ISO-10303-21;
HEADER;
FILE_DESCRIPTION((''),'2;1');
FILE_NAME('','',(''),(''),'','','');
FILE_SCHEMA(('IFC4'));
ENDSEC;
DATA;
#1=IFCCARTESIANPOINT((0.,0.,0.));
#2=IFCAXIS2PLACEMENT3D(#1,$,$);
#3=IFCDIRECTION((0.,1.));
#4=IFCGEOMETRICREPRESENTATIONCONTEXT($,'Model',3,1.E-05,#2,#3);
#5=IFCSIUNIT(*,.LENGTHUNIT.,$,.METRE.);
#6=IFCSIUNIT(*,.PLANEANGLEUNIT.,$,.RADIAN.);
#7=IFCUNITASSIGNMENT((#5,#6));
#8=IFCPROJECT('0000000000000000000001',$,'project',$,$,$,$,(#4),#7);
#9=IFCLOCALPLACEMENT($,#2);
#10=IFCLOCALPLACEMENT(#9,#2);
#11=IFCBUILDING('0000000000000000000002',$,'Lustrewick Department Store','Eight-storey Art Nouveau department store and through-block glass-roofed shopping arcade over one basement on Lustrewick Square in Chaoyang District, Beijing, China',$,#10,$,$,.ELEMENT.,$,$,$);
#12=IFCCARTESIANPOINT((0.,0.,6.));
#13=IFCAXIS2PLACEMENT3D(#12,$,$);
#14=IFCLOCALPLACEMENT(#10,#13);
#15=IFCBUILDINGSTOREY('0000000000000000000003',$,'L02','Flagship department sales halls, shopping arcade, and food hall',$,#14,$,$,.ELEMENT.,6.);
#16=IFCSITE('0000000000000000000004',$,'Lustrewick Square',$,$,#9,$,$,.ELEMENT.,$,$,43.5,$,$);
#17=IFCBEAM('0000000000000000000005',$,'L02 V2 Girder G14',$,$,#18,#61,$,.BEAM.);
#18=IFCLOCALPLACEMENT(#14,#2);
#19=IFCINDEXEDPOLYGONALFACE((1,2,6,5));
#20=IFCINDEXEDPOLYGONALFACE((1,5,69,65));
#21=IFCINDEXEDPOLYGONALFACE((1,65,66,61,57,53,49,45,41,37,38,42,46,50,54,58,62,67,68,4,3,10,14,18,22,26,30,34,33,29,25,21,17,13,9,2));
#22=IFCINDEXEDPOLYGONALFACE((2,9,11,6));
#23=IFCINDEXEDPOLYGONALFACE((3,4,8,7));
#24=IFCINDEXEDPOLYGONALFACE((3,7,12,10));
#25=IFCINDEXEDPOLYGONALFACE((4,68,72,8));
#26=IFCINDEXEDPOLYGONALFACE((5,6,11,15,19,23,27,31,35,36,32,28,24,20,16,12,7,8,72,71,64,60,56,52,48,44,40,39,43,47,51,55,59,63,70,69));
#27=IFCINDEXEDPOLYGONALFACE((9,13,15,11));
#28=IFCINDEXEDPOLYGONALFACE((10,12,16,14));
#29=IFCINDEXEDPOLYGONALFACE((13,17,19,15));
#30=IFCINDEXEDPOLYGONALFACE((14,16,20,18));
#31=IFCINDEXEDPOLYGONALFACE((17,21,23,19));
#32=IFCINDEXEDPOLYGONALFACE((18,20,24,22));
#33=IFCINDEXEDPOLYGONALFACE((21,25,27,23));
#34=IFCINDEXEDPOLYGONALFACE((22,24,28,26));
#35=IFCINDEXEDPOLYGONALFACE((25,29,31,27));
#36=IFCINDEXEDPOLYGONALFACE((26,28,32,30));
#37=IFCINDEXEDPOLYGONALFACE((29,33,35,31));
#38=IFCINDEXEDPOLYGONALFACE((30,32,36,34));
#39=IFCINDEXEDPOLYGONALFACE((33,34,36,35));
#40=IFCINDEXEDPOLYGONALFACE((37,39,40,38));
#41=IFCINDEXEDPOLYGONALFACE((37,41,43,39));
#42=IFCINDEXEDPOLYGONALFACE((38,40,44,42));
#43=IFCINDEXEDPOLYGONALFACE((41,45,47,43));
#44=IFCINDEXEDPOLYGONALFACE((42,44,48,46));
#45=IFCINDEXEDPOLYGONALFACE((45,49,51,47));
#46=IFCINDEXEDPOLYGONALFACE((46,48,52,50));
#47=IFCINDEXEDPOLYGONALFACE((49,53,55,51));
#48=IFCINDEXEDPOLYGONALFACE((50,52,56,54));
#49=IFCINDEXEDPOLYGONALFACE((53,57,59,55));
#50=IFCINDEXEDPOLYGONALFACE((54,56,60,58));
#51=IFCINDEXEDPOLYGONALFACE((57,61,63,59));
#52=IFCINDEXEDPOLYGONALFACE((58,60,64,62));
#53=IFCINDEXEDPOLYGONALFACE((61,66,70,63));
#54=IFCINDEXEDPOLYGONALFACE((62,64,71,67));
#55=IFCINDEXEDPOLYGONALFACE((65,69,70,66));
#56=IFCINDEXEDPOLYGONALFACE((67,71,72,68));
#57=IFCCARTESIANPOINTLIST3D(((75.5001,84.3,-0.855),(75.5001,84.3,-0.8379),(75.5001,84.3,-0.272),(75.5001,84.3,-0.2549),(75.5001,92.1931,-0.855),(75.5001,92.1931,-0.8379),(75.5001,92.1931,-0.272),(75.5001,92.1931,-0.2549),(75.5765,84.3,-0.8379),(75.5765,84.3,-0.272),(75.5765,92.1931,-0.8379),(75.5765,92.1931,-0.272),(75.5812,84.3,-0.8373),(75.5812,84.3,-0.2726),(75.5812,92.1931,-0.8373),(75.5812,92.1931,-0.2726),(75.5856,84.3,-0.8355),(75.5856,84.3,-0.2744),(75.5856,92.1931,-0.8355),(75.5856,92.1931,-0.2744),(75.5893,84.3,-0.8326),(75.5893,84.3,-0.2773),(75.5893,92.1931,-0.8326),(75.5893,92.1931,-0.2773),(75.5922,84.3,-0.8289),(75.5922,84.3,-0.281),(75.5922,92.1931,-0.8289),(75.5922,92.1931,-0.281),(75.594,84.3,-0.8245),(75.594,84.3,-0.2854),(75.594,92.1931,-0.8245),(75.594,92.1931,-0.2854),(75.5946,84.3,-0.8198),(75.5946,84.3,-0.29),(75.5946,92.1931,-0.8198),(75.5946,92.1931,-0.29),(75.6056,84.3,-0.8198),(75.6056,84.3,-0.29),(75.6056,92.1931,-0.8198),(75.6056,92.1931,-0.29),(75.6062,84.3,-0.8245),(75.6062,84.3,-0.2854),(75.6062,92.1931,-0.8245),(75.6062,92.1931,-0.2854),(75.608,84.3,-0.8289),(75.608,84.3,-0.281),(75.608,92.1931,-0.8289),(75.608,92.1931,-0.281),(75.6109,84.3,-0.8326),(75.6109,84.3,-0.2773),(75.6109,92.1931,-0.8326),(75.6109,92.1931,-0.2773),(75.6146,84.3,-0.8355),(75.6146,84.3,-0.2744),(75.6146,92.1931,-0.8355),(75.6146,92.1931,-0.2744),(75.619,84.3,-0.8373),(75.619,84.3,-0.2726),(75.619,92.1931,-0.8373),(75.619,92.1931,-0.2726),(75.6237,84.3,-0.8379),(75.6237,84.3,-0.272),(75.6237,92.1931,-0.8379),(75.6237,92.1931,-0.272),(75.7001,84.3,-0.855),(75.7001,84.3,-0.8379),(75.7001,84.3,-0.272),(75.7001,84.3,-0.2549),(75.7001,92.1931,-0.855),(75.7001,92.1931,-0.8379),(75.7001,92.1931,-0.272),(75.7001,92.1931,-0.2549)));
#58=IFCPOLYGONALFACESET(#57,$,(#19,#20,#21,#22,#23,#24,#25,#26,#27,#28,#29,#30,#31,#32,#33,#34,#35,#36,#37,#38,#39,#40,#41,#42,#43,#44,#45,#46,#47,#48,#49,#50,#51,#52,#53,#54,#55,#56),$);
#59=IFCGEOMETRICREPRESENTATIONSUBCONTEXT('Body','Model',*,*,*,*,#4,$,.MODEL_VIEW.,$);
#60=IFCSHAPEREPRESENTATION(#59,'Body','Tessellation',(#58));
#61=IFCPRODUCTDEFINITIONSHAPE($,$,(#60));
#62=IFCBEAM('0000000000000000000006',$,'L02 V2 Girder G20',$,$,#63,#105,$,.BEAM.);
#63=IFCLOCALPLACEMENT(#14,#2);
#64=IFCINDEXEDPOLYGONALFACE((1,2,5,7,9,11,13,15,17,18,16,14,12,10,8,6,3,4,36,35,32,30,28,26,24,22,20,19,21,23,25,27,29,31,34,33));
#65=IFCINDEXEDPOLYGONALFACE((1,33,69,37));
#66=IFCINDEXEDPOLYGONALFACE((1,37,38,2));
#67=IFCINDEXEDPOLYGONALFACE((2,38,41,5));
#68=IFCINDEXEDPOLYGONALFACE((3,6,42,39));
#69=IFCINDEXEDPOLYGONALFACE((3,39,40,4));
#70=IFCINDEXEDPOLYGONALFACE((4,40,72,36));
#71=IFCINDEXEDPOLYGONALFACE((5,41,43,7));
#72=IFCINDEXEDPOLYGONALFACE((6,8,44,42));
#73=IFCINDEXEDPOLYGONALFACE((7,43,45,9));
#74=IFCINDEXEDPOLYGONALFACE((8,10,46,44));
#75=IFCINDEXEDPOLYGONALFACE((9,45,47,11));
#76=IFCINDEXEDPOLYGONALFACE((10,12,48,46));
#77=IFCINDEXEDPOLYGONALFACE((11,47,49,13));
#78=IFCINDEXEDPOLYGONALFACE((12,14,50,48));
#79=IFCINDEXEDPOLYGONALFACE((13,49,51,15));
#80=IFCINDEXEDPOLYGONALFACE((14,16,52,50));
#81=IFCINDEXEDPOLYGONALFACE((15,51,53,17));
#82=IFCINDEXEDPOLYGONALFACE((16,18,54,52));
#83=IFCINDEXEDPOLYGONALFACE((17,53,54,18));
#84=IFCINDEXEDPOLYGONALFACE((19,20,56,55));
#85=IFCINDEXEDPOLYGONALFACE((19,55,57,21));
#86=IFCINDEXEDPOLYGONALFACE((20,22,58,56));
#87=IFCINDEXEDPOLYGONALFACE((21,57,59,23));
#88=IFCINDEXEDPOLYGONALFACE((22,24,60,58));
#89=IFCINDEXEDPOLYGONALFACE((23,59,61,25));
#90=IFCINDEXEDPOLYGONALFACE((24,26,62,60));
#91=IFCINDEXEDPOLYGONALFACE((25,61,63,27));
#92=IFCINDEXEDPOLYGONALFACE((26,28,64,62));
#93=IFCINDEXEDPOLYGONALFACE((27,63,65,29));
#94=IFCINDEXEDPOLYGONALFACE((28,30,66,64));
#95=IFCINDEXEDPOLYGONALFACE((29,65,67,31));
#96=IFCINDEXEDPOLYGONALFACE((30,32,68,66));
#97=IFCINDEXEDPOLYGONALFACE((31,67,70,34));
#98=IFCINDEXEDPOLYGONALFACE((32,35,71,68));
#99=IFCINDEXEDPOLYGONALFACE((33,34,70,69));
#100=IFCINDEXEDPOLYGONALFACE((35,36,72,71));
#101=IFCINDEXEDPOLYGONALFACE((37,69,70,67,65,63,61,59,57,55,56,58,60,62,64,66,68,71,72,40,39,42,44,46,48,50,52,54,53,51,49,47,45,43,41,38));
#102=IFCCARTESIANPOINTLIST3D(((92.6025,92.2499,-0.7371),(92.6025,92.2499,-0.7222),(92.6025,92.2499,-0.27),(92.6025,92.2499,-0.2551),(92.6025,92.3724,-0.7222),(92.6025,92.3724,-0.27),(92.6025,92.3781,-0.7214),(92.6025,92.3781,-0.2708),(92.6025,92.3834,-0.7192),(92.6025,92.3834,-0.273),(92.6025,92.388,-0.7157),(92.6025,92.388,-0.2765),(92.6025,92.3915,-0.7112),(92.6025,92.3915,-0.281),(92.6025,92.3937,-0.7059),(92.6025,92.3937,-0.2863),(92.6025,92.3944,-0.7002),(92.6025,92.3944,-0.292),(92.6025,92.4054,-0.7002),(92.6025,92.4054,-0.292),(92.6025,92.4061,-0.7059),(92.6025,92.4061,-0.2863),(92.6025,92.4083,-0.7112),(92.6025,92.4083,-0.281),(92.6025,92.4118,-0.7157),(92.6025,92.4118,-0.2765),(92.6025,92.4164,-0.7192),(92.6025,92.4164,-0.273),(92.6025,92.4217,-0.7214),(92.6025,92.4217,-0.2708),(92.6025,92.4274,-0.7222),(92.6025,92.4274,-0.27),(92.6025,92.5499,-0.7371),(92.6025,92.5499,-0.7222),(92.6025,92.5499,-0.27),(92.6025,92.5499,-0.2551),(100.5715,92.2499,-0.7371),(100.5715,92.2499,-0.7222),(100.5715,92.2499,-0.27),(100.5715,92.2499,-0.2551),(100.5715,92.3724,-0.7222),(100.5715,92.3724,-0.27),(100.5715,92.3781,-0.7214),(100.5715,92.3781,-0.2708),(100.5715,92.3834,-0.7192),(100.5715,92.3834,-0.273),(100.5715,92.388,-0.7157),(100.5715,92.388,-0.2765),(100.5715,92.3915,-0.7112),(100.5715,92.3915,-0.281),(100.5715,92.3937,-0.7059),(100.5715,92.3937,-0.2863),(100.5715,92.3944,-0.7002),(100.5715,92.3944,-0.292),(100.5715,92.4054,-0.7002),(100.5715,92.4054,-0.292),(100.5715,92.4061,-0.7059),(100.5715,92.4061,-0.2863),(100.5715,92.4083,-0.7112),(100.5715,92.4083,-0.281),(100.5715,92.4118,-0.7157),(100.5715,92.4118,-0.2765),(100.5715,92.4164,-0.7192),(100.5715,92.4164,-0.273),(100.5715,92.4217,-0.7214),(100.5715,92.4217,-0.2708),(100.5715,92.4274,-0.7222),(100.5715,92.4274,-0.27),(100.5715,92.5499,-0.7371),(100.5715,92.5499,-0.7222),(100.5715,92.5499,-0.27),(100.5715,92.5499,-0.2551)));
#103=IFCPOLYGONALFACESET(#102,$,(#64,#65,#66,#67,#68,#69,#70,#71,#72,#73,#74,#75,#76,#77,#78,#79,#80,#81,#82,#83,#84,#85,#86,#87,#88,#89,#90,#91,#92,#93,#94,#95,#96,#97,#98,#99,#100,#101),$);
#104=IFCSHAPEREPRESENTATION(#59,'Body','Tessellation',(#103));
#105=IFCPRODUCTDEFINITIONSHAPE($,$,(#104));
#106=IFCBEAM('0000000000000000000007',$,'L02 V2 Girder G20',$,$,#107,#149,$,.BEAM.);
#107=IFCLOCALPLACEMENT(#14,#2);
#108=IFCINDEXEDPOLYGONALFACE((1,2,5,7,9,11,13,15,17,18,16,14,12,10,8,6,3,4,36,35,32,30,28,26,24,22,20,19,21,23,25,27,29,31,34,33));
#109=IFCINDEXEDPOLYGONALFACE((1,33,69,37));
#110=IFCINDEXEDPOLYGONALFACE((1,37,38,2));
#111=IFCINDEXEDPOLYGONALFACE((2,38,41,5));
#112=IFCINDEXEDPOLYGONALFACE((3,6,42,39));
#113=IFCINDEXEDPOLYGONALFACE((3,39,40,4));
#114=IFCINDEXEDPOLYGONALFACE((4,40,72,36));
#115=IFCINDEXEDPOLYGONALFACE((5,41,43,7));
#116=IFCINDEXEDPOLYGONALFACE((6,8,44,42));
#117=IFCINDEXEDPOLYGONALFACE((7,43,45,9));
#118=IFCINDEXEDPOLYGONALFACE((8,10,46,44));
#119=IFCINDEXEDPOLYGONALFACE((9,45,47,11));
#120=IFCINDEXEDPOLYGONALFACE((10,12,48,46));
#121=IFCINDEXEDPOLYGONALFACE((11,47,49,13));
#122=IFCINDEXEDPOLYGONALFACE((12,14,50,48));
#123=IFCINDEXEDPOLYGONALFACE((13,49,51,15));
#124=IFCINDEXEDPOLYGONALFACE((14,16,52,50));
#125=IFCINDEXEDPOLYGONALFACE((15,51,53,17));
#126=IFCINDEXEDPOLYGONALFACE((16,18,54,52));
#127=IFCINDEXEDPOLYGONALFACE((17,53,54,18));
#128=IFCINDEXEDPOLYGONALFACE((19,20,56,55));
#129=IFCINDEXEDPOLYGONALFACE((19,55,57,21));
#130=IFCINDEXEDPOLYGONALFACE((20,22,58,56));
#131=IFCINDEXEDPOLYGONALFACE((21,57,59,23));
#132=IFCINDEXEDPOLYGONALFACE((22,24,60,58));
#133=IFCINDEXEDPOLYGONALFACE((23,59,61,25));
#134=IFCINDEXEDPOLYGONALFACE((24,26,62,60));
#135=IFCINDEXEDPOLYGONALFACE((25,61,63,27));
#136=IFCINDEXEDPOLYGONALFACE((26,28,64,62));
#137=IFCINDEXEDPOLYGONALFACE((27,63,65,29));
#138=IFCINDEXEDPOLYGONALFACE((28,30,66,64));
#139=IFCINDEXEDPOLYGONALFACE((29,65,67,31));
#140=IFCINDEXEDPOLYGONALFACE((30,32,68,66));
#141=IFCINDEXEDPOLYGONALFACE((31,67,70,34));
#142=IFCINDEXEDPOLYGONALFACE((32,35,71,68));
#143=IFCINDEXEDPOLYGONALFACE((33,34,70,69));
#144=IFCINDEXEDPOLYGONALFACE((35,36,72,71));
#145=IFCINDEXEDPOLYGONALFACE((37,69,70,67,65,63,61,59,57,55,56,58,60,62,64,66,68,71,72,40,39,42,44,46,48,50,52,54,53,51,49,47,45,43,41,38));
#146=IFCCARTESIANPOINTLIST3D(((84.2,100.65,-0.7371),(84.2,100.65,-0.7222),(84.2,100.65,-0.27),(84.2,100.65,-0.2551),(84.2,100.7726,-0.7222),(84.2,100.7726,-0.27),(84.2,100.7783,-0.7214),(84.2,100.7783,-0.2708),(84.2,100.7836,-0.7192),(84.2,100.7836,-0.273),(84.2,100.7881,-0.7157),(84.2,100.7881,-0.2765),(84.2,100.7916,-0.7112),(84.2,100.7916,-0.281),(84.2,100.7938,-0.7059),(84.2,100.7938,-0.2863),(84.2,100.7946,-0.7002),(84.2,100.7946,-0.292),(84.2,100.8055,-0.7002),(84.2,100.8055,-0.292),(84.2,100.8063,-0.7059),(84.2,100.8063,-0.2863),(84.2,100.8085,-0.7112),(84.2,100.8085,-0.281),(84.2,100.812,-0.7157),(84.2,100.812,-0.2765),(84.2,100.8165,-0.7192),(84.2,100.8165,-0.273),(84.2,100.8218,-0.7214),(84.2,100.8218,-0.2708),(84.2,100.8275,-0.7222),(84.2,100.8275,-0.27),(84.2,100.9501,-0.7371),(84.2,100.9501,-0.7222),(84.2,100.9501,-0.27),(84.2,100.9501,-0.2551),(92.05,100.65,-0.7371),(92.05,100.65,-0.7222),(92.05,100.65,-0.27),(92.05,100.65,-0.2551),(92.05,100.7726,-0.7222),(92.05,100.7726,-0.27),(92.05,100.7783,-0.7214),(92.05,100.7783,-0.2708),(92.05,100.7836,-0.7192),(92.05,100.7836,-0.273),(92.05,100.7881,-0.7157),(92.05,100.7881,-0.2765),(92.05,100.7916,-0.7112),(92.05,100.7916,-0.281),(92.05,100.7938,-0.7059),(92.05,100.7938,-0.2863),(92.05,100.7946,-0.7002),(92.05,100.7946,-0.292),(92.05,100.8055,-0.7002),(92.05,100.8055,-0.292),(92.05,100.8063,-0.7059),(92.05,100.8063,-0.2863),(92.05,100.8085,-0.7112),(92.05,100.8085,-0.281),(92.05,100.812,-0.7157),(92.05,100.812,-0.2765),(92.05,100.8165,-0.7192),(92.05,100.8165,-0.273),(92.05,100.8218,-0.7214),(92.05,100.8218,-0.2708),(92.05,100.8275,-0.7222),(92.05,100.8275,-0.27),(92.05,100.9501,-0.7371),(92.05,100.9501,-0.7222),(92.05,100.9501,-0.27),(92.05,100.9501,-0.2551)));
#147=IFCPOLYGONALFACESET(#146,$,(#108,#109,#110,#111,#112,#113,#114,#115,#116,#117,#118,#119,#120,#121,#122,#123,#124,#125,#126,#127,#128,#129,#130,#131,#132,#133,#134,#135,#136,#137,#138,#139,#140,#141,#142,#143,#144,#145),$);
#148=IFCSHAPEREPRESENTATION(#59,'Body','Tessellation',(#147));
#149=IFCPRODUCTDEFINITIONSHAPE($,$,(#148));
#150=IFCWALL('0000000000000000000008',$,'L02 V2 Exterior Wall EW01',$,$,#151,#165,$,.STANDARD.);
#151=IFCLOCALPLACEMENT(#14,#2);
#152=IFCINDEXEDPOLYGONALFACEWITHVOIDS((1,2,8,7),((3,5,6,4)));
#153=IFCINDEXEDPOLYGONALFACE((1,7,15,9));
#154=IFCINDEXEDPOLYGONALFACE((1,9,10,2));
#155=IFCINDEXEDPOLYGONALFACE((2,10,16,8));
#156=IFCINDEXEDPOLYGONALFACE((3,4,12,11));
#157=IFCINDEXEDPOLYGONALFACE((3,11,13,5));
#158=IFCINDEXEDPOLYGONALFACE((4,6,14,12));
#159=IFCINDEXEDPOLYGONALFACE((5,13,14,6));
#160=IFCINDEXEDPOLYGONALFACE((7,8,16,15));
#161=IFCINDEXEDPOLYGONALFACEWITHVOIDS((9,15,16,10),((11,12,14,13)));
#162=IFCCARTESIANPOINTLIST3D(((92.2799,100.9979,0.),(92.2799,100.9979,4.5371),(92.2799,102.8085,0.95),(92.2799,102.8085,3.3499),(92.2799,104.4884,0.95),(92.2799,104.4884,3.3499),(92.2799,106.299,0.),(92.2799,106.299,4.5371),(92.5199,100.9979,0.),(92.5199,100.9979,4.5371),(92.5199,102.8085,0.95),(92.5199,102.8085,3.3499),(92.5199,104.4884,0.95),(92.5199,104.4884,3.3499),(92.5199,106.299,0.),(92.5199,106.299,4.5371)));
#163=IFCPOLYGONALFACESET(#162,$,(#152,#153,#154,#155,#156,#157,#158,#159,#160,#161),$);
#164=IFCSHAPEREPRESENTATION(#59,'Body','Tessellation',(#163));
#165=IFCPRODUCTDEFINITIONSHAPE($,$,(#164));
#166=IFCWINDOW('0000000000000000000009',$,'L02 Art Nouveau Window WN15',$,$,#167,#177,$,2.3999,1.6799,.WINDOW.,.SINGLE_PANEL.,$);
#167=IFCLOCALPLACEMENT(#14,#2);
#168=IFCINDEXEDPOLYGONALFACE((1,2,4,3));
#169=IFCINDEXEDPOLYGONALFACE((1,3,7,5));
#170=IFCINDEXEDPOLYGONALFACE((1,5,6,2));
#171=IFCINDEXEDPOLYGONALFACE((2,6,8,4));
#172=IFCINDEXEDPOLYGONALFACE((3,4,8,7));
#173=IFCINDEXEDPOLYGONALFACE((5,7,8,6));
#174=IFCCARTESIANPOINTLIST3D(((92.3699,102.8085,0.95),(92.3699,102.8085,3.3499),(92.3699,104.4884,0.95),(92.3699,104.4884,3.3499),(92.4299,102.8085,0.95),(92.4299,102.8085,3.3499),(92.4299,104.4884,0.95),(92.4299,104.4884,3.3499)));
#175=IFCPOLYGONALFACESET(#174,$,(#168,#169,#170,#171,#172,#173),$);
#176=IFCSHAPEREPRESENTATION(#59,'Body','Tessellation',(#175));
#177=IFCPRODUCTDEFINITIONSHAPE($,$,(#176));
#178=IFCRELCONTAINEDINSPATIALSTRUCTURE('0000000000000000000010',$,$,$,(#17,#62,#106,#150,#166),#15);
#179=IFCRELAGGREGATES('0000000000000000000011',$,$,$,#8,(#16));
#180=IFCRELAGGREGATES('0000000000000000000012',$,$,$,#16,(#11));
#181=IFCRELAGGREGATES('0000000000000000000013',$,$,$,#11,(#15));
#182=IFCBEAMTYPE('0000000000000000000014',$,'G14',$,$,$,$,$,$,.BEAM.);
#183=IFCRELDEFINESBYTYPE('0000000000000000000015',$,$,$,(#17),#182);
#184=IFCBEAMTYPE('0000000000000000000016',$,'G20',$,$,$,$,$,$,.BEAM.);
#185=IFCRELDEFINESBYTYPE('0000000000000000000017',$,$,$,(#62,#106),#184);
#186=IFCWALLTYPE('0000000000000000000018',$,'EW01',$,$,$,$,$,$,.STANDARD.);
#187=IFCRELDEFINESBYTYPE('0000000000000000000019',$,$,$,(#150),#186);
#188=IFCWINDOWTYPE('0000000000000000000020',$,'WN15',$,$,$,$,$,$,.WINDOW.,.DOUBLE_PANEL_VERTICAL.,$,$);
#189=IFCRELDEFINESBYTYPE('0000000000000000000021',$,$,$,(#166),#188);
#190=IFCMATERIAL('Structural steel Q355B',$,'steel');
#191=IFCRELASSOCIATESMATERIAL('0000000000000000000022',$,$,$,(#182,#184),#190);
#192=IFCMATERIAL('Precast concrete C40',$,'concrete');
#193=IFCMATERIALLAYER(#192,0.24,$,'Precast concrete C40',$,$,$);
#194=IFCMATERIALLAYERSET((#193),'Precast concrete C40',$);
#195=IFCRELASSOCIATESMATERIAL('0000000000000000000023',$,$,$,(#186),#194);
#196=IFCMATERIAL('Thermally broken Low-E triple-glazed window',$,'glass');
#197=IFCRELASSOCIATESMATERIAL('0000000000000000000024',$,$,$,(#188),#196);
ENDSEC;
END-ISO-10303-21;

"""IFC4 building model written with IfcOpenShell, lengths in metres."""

from ifc_helpers import new_model, si_unit, direction, frame, frame_2d, origin, origin_2d, place, context, subcontext, project, spatial, rectangle, i_section, extrude, material, layer, layer_set, material_profile, profile_set, type_object, element, fill, save


model = new_model("IFC4")

# Units and contexts
model_context = context("Model", 3, precision=1e-05, world=origin(), true_north=direction((0.0, 1.0)))
body_context = subcontext(model_context, "Body", "Model", "MODEL_VIEW")
ifc_project = project(units=[si_unit("LENGTHUNIT", "METRE"), si_unit("PLANEANGLEUNIT", "RADIAN")], contexts=[model_context])

# Site, building, storey
site_placement = place(None, origin())
site = spatial("IfcSite", under=ifc_project, at=site_placement, Name="Lustrewick Square", CompositionType="ELEMENT", RefElevation=43.5)
building_placement = place(site_placement, origin())
building = spatial("IfcBuilding", under=site, at=building_placement, Name="Lustrewick Department Store", Description="Eight-storey Art Nouveau department store and through-block glass-roofed shopping arcade over one basement on Lustrewick Square in Chaoyang District, Beijing, China", CompositionType="ELEMENT")
storey_placement = place(building_placement, frame((0.0, 0.0, 6.0)))
storey = spatial("IfcBuildingStorey", under=building, at=storey_placement, Name="L02", Description="Flagship department sales halls, shopping arcade, and food hall", CompositionType="ELEMENT", Elevation=6.0)

# Shared definitions
ifc_material_1 = material(Name="Structural steel Q355B", Category="steel")

# Beams
ifc_material_profile_1 = material_profile(ifc_material_1, i_section(OverallWidth=0.2, OverallDepth=0.6001, WebThickness=0.011, FlangeThickness=0.0171, FilletRadius=0.0181, at=origin_2d()), Name="HN 600x200x11x17")
ifc_profile_set_1 = profile_set([ifc_material_profile_1], Name="Structural steel Q355B")
beam_type_1 = type_object("IfcBeamType", Name="G14", PredefinedType="BEAM", material=ifc_profile_set_1)
beam_1_placement = place(storey_placement, frame((75.6001, 84.3, -0.5549), z_axis=(0.0, 1.0, 0.0), x_axis=(-1.0, 0.0, 0.0)))
element("IfcBeam", 1, at=beam_1_placement, inside=storey, type_object=beam_type_1, Name="L02 V2 Girder G14", PredefinedType="BEAM", context=body_context, shape_type="SweptSolid", body=[
    extrude(i_section(OverallWidth=0.2, OverallDepth=0.6001, WebThickness=0.011, FlangeThickness=0.0171, FilletRadius=0.0181, at=origin_2d()), origin(), (0.0, 0.0, 1.0), 7.8931),
])
ifc_material_profile_2 = material_profile(ifc_material_1, i_section(OverallWidth=0.3, OverallDepth=0.4819, WebThickness=0.011, FlangeThickness=0.0149, FilletRadius=0.022, at=origin_2d()), Name="HM 482x300x11x15")
ifc_profile_set_2 = profile_set([ifc_material_profile_2], Name="Structural steel Q355B")
beam_type_2 = type_object("IfcBeamType", Name="G20", PredefinedType="BEAM", material=ifc_profile_set_2)
beam_2_placement = place(storey_placement, frame((92.6025, 92.3999, -0.4961), z_axis=(1.0, 0.0, 0.0), x_axis=(0.0, 1.0, 0.0)))
element("IfcBeam", 2, at=beam_2_placement, inside=storey, type_object=beam_type_2, Name="L02 V2 Girder G20", PredefinedType="BEAM", context=body_context, shape_type="SweptSolid", body=[
    extrude(i_section(OverallWidth=0.3, OverallDepth=0.4819, WebThickness=0.011, FlangeThickness=0.0149, FilletRadius=0.022, at=origin_2d()), origin(), (0.0, 0.0, 1.0), 7.969),
])
beam_3_placement = place(storey_placement, frame((84.2, 100.8, -0.4961), z_axis=(1.0, 0.0, 0.0), x_axis=(0.0, 1.0, 0.0)))
element("IfcBeam", 3, at=beam_3_placement, inside=storey, type_object=beam_type_2, Name="L02 V2 Girder G20", PredefinedType="BEAM", context=body_context, shape_type="SweptSolid", body=[
    extrude(i_section(OverallWidth=0.3, OverallDepth=0.4819, WebThickness=0.011, FlangeThickness=0.0149, FilletRadius=0.022, at=origin_2d()), origin(), (0.0, 0.0, 1.0), 7.8501),
])

# Wall, opening, window
ifc_material_2 = material(Name="Precast concrete C40", Category="concrete")
ifc_layer_1 = layer(ifc_material_2, 0.24, Name="Precast concrete C40")
ifc_layer_set_1 = layer_set([ifc_layer_1], Name="Precast concrete C40")
wall_type_1 = type_object("IfcWallType", Name="EW01", PredefinedType="STANDARD", material=ifc_layer_set_1)
wall_1_placement = place(storey_placement, frame((92.3999, 100.998, 0.0), z_axis=(0.0, 0.0, 1.0), x_axis=(0.0, 1.0, 0.0)))
wall_1 = element("IfcWall", 4, at=wall_1_placement, inside=storey, type_object=wall_type_1, Name="L02 V2 Exterior Wall EW01", PredefinedType="STANDARD", context=body_context, shape_type="SweptSolid", body=[
    extrude(rectangle(XDim=5.301, YDim=0.24, at=frame_2d((2.6504, 0.0))), origin(), (0.0, 0.0, 1.0), 4.5371),
])
opening_1_placement = place(wall_1_placement, frame((1.8105, 0.0, 0.95)))
opening_1 = element("IfcOpeningElement", 5, at=opening_1_placement, cuts=wall_1, PredefinedType="OPENING", context=body_context, shape_type="SweptSolid", body=[
    extrude(rectangle(XDim=1.6799, YDim=2.3999, at=frame_2d((0.8398, 1.2))), frame((0.0, 0.1299, 0.0), z_axis=(0.0, -1.0, 0.0), x_axis=(1.0, 0.0, 0.0)), (0.0, 0.0, 1.0), 0.26),
])
ifc_material_3 = material(Name="Thermally broken Low-E triple-glazed window", Category="glass")
window_type_1 = type_object("IfcWindowType", Name="WN15", PartitioningType="DOUBLE_PANEL_VERTICAL", PredefinedType="WINDOW", material=ifc_material_3)
window_1_placement = place(opening_1_placement, origin())
window_1 = element("IfcWindow", 6, at=window_1_placement, inside=storey, type_object=window_type_1, Name="L02 Art Nouveau Window WN15", OverallHeight=2.3999, OverallWidth=1.6799, PartitioningType="SINGLE_PANEL", PredefinedType="WINDOW", context=body_context, shape_type="SweptSolid", body=[
    extrude(rectangle(XDim=1.6799, YDim=2.3999, at=frame_2d((0.8398, 1.2))), frame((0.0, 0.03, 0.0), z_axis=(0.0, -1.0, 0.0), x_axis=(1.0, 0.0, 0.0)), (0.0, 0.0, 1.0), 0.0601),
])
fill(opening_1, window_1)

save(model, "model.ifc")
